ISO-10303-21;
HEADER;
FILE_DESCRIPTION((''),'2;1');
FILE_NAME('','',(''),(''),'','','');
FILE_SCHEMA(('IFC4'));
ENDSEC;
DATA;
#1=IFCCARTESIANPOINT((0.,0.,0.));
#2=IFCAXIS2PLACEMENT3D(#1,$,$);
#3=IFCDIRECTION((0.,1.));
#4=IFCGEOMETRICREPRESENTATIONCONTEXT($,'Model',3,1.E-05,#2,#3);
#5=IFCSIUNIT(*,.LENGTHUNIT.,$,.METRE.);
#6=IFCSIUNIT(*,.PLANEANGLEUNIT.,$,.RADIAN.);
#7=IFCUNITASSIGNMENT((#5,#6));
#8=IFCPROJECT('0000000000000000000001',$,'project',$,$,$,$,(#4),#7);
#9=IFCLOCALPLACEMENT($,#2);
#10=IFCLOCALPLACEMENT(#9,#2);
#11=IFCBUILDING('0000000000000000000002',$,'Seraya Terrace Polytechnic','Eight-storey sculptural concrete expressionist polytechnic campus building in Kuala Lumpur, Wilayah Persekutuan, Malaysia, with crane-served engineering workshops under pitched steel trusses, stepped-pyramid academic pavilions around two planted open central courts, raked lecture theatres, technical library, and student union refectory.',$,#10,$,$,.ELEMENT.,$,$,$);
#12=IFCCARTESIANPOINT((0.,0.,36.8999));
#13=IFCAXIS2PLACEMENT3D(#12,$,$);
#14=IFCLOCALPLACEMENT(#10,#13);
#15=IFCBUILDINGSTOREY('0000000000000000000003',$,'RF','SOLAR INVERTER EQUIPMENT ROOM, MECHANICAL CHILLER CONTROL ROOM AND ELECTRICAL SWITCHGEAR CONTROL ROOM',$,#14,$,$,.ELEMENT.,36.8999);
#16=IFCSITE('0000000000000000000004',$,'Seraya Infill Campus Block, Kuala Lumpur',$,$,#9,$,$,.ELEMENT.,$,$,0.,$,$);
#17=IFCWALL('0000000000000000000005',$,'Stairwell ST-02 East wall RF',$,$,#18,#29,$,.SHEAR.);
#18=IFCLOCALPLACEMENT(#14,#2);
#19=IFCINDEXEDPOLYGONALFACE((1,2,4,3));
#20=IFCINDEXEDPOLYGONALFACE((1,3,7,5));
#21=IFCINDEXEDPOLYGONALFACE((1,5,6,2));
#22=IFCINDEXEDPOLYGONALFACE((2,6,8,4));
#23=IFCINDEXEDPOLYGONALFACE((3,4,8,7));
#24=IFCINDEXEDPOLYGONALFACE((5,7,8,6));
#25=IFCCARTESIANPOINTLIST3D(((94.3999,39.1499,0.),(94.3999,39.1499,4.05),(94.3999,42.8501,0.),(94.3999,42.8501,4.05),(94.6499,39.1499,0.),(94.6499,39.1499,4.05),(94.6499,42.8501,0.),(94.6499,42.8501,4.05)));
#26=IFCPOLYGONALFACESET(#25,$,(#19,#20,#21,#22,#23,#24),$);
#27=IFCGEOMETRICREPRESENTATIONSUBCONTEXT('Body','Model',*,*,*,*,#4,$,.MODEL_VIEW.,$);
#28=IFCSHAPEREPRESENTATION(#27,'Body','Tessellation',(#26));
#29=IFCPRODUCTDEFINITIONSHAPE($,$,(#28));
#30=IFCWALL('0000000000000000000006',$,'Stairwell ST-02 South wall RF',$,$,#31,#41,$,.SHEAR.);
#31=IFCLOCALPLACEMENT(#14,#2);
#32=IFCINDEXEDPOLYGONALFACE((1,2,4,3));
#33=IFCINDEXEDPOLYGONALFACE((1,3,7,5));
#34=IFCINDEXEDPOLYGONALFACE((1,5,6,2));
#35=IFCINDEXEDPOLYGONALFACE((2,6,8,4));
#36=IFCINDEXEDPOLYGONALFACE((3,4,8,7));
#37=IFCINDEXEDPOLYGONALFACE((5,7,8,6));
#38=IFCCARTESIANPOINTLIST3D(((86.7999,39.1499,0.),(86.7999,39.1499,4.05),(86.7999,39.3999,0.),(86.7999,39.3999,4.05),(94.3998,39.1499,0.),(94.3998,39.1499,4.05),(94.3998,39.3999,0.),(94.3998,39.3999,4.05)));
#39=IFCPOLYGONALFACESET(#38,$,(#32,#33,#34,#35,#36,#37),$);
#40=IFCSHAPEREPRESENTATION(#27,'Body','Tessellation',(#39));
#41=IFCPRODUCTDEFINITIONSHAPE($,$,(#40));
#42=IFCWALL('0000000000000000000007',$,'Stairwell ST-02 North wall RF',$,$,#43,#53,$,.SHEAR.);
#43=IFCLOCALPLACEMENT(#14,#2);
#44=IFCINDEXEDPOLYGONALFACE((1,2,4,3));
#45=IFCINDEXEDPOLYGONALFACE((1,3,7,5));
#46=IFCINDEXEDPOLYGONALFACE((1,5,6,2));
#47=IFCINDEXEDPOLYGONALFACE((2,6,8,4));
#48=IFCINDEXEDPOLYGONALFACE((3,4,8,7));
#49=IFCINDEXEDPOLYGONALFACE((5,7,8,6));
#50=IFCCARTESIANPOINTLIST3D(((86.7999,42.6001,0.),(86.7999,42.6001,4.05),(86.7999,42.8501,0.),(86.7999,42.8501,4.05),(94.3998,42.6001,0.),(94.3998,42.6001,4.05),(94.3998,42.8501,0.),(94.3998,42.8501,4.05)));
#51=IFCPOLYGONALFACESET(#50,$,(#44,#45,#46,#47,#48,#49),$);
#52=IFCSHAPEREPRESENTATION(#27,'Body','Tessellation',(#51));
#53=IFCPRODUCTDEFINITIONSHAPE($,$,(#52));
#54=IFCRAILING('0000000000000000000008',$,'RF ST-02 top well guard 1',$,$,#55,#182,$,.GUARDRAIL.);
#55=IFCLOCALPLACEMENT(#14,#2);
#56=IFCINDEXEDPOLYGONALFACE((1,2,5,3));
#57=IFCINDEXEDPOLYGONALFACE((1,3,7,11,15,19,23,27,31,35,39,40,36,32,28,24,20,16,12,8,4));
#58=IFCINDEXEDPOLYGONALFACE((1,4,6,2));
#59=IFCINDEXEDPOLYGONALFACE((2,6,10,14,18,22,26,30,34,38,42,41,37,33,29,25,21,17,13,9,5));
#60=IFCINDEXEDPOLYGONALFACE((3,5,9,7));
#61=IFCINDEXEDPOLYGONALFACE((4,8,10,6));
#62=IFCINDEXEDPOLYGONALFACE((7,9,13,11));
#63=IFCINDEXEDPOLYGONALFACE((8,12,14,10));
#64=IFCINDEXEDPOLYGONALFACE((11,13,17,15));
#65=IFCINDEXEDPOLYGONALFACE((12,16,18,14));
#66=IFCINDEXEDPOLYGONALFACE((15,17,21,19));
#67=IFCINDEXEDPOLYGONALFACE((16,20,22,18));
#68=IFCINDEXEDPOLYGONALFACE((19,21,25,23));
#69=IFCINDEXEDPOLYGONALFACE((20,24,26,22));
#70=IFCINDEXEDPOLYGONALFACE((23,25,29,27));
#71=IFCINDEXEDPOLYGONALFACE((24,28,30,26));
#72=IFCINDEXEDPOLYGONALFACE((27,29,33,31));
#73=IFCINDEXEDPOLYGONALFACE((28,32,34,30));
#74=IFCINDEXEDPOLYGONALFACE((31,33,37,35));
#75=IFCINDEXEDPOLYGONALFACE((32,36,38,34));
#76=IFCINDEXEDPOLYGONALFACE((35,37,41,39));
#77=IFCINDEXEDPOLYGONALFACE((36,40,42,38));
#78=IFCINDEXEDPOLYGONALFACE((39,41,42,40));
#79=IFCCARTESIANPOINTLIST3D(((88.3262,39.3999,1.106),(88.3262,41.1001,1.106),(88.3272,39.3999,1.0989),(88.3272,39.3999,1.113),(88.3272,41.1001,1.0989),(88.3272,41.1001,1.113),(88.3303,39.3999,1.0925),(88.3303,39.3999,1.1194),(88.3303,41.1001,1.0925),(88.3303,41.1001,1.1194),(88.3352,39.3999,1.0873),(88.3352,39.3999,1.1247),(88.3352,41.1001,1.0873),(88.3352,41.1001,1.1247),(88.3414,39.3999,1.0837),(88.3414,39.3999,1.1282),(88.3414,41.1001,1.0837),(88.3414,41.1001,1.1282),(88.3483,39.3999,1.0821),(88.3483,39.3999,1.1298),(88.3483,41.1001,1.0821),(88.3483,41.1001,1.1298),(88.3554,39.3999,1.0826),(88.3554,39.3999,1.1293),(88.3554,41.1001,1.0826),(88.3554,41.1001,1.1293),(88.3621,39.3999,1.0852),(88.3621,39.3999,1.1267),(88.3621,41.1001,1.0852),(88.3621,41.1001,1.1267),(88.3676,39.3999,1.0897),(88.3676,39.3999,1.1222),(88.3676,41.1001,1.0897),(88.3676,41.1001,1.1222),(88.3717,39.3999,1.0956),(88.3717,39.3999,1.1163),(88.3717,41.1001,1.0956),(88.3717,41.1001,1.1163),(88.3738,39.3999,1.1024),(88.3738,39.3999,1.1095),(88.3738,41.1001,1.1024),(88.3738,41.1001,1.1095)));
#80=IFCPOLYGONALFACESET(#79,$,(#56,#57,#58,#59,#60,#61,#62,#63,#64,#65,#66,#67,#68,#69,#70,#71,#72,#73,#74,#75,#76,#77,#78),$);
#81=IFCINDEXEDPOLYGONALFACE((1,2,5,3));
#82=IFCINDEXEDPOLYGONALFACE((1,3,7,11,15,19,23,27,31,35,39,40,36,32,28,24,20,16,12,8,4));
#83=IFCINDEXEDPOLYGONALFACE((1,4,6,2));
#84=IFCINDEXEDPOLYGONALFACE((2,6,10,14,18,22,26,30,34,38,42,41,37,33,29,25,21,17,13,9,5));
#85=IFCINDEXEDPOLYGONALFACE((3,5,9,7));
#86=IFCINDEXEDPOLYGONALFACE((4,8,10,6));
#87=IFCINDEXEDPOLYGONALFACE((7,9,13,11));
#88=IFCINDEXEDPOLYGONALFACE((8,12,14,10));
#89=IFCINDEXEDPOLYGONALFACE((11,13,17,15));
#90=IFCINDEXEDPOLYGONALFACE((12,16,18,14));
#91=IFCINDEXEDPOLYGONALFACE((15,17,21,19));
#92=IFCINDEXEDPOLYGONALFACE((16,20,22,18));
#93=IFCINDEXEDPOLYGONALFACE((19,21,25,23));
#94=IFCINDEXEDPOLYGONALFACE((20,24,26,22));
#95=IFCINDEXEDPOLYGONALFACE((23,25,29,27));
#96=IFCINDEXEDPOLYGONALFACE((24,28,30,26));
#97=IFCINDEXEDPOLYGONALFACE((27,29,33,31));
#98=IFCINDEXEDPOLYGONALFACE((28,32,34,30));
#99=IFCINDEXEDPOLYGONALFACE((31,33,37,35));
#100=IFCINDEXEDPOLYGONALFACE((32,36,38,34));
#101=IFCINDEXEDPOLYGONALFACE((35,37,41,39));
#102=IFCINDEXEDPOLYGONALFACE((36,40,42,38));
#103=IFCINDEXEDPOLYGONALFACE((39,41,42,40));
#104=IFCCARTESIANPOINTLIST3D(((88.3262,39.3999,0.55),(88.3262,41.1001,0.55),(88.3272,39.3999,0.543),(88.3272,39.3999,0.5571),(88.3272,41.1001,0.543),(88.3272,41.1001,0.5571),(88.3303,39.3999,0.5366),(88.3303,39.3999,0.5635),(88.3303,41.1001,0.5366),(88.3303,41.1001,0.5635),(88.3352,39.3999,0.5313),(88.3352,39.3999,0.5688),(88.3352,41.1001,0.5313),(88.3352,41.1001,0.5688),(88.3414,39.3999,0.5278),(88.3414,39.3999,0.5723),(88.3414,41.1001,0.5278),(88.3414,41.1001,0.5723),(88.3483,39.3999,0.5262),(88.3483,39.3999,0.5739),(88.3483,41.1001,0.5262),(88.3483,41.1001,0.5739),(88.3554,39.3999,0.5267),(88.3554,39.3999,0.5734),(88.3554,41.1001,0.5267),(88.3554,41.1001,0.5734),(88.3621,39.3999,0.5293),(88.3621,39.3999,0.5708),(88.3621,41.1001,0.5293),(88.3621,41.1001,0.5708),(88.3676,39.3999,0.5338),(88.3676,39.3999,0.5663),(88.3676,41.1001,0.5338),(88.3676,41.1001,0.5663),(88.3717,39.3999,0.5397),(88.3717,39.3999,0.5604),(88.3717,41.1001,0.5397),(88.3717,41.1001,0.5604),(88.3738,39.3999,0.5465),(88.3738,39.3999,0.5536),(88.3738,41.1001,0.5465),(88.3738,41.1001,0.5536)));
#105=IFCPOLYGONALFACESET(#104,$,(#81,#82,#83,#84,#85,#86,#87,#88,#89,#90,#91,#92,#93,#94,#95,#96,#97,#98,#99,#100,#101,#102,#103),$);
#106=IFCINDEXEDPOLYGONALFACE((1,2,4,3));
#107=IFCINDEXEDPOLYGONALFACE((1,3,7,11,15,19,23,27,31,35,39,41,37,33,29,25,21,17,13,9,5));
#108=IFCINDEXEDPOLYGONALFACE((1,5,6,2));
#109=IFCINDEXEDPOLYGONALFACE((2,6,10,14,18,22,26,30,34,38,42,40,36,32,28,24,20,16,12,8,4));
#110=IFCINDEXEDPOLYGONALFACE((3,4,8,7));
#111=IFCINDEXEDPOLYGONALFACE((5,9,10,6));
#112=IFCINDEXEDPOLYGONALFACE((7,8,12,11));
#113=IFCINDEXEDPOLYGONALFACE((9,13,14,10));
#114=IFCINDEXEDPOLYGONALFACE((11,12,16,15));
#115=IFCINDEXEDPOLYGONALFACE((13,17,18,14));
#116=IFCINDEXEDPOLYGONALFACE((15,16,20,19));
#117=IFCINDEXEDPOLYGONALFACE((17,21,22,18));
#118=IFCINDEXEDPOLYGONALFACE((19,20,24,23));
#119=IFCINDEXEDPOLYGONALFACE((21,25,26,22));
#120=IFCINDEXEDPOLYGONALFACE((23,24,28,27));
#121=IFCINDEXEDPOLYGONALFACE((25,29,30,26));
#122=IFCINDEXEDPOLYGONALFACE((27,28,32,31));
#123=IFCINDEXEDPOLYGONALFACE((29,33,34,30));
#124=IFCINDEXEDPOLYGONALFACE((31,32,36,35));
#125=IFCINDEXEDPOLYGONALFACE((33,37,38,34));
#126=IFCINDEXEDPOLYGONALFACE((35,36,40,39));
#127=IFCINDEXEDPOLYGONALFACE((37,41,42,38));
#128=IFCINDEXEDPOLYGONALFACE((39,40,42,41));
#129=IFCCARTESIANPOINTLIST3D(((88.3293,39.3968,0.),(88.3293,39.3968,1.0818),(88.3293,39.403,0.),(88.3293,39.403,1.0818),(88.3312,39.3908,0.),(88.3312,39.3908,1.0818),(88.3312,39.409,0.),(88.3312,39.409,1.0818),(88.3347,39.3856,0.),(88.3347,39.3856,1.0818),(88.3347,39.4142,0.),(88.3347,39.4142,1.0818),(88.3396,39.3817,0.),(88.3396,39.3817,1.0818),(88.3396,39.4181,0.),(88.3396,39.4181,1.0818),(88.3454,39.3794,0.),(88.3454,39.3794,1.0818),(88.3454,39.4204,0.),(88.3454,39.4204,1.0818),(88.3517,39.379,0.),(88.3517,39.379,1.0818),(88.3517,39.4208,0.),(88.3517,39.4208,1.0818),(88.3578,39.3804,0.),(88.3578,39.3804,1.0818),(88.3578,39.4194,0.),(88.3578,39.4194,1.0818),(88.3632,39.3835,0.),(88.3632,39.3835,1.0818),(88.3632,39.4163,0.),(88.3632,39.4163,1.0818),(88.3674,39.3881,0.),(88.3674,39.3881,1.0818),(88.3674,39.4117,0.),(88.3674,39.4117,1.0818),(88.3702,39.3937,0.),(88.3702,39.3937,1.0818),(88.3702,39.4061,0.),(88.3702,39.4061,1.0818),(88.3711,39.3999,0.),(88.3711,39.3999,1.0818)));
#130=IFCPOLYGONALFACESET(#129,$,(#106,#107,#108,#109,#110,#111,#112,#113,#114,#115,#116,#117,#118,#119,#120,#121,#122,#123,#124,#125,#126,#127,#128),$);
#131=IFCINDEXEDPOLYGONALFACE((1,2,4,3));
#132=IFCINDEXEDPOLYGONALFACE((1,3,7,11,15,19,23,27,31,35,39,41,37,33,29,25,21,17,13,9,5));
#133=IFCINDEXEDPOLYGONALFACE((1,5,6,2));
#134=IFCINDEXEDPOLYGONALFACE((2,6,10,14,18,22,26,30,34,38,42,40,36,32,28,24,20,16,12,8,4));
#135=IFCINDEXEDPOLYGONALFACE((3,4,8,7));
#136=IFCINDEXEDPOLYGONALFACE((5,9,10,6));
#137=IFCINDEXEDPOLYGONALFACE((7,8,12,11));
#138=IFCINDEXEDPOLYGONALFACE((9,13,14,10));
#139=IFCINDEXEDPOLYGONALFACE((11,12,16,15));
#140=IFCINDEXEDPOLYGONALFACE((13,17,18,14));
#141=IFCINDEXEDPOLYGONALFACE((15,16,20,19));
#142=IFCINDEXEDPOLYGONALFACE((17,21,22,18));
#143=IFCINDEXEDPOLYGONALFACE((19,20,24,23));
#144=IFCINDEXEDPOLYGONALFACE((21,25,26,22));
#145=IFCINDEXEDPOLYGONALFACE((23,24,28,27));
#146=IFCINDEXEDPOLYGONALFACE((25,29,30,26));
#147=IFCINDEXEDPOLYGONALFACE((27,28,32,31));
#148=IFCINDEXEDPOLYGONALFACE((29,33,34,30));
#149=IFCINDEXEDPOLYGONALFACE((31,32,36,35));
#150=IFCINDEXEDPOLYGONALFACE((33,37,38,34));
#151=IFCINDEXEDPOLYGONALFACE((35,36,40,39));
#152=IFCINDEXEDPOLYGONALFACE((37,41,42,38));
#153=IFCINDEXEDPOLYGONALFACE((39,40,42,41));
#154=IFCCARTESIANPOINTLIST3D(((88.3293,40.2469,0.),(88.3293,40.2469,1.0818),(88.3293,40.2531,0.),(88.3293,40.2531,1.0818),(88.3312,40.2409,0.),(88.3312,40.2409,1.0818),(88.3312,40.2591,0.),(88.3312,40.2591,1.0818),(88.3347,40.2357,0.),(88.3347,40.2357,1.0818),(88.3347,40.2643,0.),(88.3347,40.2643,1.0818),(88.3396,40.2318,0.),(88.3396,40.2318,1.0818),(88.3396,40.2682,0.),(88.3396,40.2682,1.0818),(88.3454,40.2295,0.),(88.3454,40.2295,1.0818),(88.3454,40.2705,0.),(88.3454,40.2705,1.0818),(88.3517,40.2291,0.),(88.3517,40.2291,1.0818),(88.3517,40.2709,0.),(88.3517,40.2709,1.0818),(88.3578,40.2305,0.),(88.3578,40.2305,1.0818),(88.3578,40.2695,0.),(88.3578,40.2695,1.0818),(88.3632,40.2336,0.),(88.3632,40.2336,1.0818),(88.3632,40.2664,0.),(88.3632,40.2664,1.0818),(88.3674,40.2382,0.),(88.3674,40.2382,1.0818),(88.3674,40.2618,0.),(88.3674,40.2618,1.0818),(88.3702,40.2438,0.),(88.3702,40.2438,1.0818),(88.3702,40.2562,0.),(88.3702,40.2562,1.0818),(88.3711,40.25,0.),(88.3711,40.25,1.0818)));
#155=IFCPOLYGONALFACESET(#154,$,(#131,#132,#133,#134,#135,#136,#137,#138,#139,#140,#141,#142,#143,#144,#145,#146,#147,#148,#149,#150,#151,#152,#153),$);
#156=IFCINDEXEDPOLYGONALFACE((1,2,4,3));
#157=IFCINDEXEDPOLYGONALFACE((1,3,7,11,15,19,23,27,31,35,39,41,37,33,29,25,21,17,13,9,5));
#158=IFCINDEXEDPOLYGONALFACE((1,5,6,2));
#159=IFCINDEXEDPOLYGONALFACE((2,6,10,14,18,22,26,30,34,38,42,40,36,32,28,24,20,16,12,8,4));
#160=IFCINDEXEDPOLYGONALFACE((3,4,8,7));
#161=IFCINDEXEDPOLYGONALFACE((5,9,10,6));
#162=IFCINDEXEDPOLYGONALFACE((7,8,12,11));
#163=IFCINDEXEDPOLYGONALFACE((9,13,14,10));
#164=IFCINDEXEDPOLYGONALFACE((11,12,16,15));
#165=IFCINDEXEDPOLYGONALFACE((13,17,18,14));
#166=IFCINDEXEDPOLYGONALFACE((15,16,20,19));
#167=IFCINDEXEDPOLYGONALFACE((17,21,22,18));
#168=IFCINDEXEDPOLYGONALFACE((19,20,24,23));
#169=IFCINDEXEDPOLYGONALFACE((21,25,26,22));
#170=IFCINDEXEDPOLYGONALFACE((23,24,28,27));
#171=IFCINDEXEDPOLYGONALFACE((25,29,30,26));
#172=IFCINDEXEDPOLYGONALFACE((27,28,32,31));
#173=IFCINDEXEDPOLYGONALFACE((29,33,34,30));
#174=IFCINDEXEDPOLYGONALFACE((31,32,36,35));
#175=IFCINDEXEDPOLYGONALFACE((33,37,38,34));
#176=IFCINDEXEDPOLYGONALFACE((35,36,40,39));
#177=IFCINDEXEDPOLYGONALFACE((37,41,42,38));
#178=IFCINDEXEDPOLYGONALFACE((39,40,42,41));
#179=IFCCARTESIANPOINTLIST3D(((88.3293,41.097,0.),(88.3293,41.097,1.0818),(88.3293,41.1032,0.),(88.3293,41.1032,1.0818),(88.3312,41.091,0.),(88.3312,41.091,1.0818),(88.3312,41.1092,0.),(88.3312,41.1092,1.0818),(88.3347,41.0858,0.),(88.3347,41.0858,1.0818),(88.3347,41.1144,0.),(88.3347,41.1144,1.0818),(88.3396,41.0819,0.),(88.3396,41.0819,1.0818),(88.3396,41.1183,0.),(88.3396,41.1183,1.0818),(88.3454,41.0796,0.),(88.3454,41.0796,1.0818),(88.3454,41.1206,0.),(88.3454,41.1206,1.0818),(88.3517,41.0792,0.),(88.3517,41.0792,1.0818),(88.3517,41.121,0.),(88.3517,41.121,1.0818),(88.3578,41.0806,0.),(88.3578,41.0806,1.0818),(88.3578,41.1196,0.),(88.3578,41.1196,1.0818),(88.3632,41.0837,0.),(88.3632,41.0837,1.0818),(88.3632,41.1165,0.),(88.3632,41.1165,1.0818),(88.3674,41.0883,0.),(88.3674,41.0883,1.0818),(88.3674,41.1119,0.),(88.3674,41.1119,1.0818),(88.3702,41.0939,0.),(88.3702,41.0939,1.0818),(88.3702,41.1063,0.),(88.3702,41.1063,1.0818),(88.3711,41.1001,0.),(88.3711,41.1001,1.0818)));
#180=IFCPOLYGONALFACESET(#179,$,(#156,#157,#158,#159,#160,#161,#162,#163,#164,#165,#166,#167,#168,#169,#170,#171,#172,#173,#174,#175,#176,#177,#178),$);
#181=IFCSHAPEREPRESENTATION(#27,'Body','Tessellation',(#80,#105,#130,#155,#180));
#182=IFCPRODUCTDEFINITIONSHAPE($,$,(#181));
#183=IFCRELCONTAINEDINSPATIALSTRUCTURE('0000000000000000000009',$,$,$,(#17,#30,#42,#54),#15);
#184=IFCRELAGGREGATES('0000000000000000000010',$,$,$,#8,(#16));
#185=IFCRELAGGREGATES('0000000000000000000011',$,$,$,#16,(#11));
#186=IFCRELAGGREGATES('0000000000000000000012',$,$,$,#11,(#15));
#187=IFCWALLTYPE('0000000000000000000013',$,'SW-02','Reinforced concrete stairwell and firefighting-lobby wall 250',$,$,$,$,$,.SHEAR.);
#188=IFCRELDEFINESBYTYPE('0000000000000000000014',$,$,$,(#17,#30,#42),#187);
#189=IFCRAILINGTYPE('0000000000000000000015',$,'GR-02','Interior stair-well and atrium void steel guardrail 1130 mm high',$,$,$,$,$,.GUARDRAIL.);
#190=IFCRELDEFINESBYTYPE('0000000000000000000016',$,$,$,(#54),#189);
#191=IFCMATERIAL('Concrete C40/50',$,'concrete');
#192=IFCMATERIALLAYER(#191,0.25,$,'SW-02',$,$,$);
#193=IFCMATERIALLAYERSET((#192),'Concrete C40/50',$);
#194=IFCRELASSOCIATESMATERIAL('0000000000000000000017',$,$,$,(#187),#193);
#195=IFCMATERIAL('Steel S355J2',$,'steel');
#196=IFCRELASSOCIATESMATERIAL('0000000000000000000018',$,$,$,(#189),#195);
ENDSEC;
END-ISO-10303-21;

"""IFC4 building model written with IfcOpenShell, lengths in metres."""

from ifc_helpers import new_model, si_unit, direction, frame, frame_2d, origin, origin_2d, place, context, subcontext, project, spatial, rectangle, circle, extrude, material, layer, layer_set, type_object, element, save


model = new_model("IFC4")

# Units and contexts
model_context = context("Model", 3, precision=1e-05, world=origin(), true_north=direction((0.0, 1.0)))
body_context = subcontext(model_context, "Body", "Model", "MODEL_VIEW")
ifc_project = project(units=[si_unit("LENGTHUNIT", "METRE"), si_unit("PLANEANGLEUNIT", "RADIAN")], contexts=[model_context])

# Site, building, storey
site_placement = place(None, origin())
site = spatial("IfcSite", under=ifc_project, at=site_placement, Name="Seraya Infill Campus Block, Kuala Lumpur", CompositionType="ELEMENT", RefElevation=0.0)
building_placement = place(site_placement, origin())
building = spatial("IfcBuilding", under=site, at=building_placement, Name="Seraya Terrace Polytechnic", Description="Eight-storey sculptural concrete expressionist polytechnic campus building in Kuala Lumpur, Wilayah Persekutuan, Malaysia, with crane-served engineering workshops under pitched steel trusses, stepped-pyramid academic pavilions around two planted open central courts, raked lecture theatres, technical library, and student union refectory.", CompositionType="ELEMENT")
storey_placement = place(building_placement, frame((0.0, 0.0, 36.8999)))
storey = spatial("IfcBuildingStorey", under=building, at=storey_placement, Name="RF", Description="SOLAR INVERTER EQUIPMENT ROOM, MECHANICAL CHILLER CONTROL ROOM AND ELECTRICAL SWITCHGEAR CONTROL ROOM", CompositionType="ELEMENT", Elevation=36.8999)

# Shared definitions
ifc_material_1 = material(Name="Concrete C40/50", Category="concrete")

# Shared definitions
ifc_layer_1 = layer(ifc_material_1, 0.25, Name="SW-02")
ifc_layer_set_1 = layer_set([ifc_layer_1], Name="Concrete C40/50")
wall_type_1 = type_object("IfcWallType", Name="SW-02", Description="Reinforced concrete stairwell and firefighting-lobby wall 250", PredefinedType="SHEAR", material=ifc_layer_set_1)
ifc_material_2 = material(Name="Steel S355J2", Category="steel")

# Walls
wall_1_placement = place(storey_placement, frame((94.5249, 39.1499, 0.0), z_axis=(0.0, 0.0, 1.0), x_axis=(0.0, 1.0, 0.0)))
element("IfcWall", 1, at=wall_1_placement, inside=storey, type_object=wall_type_1, Name="Stairwell ST-02 East wall RF", PredefinedType="SHEAR", context=body_context, shape_type="SweptSolid", body=[
    extrude(rectangle(XDim=3.7002, YDim=0.25, at=frame_2d((1.8501, 0.0))), origin(), (0.0, 0.0, 1.0), 4.05),
])
for number, where, z_axis, x_axis, name in (
    (2, (86.8, 39.2749, 0.0), (0.0, 0.0, 1.0), (1.0, 0.0, 0.0), "Stairwell ST-02 South wall RF"),
    (3, (86.8, 42.7251, 0.0), (0.0, 0.0, 1.0), (1.0, 0.0, 0.0), "Stairwell ST-02 North wall RF"),
):
    element("IfcWall", number, at=place(storey_placement, frame(where, z_axis=z_axis, x_axis=x_axis)), inside=storey, type_object=wall_type_1, Name=name, PredefinedType="SHEAR", context=body_context, shape_type="SweptSolid", body=[
        extrude(rectangle(XDim=7.5999, YDim=0.25, at=frame_2d((3.7998, 0.0))), origin(), (0.0, 0.0, 1.0), 4.05),
    ])

# Railing
railing_type = type_object("IfcRailingType", Name="GR-02", Description="Interior stair-well and atrium void steel guardrail 1130 mm high", PredefinedType="GUARDRAIL", material=ifc_material_2)
railing_placement = place(storey_placement, frame((88.3501, 39.3999, 0.0)))
element("IfcRailing", 4, at=railing_placement, inside=storey, type_object=railing_type, Name="RF ST-02 top well guard 1", PredefinedType="GUARDRAIL", context=body_context, shape_type="SweptSolid", body=[
    extrude(circle(Radius=0.0239, at=origin_2d()), frame((0.0, 0.0, 1.106), z_axis=(0.0, 1.0, 0.0), x_axis=(-1.0, 0.0, 0.0)), (0.0, 0.0, 1.0), 1.7002),
    extrude(circle(Radius=0.0239, at=origin_2d()), frame((0.0, 0.0, 0.55), z_axis=(0.0, 1.0, 0.0), x_axis=(-1.0, 0.0, 0.0)), (0.0, 0.0, 1.0), 1.7002),
    extrude(circle(Radius=0.021, at=origin_2d()), origin(), (0.0, 0.0, 1.0), 1.0818),
    extrude(circle(Radius=0.021, at=origin_2d()), frame((0.0, 0.8501, 0.0)), (0.0, 0.0, 1.0), 1.0818),
    extrude(circle(Radius=0.021, at=origin_2d()), frame((0.0, 1.7002, 0.0)), (0.0, 0.0, 1.0), 1.0818),
])

save(model, "model.ifc")
